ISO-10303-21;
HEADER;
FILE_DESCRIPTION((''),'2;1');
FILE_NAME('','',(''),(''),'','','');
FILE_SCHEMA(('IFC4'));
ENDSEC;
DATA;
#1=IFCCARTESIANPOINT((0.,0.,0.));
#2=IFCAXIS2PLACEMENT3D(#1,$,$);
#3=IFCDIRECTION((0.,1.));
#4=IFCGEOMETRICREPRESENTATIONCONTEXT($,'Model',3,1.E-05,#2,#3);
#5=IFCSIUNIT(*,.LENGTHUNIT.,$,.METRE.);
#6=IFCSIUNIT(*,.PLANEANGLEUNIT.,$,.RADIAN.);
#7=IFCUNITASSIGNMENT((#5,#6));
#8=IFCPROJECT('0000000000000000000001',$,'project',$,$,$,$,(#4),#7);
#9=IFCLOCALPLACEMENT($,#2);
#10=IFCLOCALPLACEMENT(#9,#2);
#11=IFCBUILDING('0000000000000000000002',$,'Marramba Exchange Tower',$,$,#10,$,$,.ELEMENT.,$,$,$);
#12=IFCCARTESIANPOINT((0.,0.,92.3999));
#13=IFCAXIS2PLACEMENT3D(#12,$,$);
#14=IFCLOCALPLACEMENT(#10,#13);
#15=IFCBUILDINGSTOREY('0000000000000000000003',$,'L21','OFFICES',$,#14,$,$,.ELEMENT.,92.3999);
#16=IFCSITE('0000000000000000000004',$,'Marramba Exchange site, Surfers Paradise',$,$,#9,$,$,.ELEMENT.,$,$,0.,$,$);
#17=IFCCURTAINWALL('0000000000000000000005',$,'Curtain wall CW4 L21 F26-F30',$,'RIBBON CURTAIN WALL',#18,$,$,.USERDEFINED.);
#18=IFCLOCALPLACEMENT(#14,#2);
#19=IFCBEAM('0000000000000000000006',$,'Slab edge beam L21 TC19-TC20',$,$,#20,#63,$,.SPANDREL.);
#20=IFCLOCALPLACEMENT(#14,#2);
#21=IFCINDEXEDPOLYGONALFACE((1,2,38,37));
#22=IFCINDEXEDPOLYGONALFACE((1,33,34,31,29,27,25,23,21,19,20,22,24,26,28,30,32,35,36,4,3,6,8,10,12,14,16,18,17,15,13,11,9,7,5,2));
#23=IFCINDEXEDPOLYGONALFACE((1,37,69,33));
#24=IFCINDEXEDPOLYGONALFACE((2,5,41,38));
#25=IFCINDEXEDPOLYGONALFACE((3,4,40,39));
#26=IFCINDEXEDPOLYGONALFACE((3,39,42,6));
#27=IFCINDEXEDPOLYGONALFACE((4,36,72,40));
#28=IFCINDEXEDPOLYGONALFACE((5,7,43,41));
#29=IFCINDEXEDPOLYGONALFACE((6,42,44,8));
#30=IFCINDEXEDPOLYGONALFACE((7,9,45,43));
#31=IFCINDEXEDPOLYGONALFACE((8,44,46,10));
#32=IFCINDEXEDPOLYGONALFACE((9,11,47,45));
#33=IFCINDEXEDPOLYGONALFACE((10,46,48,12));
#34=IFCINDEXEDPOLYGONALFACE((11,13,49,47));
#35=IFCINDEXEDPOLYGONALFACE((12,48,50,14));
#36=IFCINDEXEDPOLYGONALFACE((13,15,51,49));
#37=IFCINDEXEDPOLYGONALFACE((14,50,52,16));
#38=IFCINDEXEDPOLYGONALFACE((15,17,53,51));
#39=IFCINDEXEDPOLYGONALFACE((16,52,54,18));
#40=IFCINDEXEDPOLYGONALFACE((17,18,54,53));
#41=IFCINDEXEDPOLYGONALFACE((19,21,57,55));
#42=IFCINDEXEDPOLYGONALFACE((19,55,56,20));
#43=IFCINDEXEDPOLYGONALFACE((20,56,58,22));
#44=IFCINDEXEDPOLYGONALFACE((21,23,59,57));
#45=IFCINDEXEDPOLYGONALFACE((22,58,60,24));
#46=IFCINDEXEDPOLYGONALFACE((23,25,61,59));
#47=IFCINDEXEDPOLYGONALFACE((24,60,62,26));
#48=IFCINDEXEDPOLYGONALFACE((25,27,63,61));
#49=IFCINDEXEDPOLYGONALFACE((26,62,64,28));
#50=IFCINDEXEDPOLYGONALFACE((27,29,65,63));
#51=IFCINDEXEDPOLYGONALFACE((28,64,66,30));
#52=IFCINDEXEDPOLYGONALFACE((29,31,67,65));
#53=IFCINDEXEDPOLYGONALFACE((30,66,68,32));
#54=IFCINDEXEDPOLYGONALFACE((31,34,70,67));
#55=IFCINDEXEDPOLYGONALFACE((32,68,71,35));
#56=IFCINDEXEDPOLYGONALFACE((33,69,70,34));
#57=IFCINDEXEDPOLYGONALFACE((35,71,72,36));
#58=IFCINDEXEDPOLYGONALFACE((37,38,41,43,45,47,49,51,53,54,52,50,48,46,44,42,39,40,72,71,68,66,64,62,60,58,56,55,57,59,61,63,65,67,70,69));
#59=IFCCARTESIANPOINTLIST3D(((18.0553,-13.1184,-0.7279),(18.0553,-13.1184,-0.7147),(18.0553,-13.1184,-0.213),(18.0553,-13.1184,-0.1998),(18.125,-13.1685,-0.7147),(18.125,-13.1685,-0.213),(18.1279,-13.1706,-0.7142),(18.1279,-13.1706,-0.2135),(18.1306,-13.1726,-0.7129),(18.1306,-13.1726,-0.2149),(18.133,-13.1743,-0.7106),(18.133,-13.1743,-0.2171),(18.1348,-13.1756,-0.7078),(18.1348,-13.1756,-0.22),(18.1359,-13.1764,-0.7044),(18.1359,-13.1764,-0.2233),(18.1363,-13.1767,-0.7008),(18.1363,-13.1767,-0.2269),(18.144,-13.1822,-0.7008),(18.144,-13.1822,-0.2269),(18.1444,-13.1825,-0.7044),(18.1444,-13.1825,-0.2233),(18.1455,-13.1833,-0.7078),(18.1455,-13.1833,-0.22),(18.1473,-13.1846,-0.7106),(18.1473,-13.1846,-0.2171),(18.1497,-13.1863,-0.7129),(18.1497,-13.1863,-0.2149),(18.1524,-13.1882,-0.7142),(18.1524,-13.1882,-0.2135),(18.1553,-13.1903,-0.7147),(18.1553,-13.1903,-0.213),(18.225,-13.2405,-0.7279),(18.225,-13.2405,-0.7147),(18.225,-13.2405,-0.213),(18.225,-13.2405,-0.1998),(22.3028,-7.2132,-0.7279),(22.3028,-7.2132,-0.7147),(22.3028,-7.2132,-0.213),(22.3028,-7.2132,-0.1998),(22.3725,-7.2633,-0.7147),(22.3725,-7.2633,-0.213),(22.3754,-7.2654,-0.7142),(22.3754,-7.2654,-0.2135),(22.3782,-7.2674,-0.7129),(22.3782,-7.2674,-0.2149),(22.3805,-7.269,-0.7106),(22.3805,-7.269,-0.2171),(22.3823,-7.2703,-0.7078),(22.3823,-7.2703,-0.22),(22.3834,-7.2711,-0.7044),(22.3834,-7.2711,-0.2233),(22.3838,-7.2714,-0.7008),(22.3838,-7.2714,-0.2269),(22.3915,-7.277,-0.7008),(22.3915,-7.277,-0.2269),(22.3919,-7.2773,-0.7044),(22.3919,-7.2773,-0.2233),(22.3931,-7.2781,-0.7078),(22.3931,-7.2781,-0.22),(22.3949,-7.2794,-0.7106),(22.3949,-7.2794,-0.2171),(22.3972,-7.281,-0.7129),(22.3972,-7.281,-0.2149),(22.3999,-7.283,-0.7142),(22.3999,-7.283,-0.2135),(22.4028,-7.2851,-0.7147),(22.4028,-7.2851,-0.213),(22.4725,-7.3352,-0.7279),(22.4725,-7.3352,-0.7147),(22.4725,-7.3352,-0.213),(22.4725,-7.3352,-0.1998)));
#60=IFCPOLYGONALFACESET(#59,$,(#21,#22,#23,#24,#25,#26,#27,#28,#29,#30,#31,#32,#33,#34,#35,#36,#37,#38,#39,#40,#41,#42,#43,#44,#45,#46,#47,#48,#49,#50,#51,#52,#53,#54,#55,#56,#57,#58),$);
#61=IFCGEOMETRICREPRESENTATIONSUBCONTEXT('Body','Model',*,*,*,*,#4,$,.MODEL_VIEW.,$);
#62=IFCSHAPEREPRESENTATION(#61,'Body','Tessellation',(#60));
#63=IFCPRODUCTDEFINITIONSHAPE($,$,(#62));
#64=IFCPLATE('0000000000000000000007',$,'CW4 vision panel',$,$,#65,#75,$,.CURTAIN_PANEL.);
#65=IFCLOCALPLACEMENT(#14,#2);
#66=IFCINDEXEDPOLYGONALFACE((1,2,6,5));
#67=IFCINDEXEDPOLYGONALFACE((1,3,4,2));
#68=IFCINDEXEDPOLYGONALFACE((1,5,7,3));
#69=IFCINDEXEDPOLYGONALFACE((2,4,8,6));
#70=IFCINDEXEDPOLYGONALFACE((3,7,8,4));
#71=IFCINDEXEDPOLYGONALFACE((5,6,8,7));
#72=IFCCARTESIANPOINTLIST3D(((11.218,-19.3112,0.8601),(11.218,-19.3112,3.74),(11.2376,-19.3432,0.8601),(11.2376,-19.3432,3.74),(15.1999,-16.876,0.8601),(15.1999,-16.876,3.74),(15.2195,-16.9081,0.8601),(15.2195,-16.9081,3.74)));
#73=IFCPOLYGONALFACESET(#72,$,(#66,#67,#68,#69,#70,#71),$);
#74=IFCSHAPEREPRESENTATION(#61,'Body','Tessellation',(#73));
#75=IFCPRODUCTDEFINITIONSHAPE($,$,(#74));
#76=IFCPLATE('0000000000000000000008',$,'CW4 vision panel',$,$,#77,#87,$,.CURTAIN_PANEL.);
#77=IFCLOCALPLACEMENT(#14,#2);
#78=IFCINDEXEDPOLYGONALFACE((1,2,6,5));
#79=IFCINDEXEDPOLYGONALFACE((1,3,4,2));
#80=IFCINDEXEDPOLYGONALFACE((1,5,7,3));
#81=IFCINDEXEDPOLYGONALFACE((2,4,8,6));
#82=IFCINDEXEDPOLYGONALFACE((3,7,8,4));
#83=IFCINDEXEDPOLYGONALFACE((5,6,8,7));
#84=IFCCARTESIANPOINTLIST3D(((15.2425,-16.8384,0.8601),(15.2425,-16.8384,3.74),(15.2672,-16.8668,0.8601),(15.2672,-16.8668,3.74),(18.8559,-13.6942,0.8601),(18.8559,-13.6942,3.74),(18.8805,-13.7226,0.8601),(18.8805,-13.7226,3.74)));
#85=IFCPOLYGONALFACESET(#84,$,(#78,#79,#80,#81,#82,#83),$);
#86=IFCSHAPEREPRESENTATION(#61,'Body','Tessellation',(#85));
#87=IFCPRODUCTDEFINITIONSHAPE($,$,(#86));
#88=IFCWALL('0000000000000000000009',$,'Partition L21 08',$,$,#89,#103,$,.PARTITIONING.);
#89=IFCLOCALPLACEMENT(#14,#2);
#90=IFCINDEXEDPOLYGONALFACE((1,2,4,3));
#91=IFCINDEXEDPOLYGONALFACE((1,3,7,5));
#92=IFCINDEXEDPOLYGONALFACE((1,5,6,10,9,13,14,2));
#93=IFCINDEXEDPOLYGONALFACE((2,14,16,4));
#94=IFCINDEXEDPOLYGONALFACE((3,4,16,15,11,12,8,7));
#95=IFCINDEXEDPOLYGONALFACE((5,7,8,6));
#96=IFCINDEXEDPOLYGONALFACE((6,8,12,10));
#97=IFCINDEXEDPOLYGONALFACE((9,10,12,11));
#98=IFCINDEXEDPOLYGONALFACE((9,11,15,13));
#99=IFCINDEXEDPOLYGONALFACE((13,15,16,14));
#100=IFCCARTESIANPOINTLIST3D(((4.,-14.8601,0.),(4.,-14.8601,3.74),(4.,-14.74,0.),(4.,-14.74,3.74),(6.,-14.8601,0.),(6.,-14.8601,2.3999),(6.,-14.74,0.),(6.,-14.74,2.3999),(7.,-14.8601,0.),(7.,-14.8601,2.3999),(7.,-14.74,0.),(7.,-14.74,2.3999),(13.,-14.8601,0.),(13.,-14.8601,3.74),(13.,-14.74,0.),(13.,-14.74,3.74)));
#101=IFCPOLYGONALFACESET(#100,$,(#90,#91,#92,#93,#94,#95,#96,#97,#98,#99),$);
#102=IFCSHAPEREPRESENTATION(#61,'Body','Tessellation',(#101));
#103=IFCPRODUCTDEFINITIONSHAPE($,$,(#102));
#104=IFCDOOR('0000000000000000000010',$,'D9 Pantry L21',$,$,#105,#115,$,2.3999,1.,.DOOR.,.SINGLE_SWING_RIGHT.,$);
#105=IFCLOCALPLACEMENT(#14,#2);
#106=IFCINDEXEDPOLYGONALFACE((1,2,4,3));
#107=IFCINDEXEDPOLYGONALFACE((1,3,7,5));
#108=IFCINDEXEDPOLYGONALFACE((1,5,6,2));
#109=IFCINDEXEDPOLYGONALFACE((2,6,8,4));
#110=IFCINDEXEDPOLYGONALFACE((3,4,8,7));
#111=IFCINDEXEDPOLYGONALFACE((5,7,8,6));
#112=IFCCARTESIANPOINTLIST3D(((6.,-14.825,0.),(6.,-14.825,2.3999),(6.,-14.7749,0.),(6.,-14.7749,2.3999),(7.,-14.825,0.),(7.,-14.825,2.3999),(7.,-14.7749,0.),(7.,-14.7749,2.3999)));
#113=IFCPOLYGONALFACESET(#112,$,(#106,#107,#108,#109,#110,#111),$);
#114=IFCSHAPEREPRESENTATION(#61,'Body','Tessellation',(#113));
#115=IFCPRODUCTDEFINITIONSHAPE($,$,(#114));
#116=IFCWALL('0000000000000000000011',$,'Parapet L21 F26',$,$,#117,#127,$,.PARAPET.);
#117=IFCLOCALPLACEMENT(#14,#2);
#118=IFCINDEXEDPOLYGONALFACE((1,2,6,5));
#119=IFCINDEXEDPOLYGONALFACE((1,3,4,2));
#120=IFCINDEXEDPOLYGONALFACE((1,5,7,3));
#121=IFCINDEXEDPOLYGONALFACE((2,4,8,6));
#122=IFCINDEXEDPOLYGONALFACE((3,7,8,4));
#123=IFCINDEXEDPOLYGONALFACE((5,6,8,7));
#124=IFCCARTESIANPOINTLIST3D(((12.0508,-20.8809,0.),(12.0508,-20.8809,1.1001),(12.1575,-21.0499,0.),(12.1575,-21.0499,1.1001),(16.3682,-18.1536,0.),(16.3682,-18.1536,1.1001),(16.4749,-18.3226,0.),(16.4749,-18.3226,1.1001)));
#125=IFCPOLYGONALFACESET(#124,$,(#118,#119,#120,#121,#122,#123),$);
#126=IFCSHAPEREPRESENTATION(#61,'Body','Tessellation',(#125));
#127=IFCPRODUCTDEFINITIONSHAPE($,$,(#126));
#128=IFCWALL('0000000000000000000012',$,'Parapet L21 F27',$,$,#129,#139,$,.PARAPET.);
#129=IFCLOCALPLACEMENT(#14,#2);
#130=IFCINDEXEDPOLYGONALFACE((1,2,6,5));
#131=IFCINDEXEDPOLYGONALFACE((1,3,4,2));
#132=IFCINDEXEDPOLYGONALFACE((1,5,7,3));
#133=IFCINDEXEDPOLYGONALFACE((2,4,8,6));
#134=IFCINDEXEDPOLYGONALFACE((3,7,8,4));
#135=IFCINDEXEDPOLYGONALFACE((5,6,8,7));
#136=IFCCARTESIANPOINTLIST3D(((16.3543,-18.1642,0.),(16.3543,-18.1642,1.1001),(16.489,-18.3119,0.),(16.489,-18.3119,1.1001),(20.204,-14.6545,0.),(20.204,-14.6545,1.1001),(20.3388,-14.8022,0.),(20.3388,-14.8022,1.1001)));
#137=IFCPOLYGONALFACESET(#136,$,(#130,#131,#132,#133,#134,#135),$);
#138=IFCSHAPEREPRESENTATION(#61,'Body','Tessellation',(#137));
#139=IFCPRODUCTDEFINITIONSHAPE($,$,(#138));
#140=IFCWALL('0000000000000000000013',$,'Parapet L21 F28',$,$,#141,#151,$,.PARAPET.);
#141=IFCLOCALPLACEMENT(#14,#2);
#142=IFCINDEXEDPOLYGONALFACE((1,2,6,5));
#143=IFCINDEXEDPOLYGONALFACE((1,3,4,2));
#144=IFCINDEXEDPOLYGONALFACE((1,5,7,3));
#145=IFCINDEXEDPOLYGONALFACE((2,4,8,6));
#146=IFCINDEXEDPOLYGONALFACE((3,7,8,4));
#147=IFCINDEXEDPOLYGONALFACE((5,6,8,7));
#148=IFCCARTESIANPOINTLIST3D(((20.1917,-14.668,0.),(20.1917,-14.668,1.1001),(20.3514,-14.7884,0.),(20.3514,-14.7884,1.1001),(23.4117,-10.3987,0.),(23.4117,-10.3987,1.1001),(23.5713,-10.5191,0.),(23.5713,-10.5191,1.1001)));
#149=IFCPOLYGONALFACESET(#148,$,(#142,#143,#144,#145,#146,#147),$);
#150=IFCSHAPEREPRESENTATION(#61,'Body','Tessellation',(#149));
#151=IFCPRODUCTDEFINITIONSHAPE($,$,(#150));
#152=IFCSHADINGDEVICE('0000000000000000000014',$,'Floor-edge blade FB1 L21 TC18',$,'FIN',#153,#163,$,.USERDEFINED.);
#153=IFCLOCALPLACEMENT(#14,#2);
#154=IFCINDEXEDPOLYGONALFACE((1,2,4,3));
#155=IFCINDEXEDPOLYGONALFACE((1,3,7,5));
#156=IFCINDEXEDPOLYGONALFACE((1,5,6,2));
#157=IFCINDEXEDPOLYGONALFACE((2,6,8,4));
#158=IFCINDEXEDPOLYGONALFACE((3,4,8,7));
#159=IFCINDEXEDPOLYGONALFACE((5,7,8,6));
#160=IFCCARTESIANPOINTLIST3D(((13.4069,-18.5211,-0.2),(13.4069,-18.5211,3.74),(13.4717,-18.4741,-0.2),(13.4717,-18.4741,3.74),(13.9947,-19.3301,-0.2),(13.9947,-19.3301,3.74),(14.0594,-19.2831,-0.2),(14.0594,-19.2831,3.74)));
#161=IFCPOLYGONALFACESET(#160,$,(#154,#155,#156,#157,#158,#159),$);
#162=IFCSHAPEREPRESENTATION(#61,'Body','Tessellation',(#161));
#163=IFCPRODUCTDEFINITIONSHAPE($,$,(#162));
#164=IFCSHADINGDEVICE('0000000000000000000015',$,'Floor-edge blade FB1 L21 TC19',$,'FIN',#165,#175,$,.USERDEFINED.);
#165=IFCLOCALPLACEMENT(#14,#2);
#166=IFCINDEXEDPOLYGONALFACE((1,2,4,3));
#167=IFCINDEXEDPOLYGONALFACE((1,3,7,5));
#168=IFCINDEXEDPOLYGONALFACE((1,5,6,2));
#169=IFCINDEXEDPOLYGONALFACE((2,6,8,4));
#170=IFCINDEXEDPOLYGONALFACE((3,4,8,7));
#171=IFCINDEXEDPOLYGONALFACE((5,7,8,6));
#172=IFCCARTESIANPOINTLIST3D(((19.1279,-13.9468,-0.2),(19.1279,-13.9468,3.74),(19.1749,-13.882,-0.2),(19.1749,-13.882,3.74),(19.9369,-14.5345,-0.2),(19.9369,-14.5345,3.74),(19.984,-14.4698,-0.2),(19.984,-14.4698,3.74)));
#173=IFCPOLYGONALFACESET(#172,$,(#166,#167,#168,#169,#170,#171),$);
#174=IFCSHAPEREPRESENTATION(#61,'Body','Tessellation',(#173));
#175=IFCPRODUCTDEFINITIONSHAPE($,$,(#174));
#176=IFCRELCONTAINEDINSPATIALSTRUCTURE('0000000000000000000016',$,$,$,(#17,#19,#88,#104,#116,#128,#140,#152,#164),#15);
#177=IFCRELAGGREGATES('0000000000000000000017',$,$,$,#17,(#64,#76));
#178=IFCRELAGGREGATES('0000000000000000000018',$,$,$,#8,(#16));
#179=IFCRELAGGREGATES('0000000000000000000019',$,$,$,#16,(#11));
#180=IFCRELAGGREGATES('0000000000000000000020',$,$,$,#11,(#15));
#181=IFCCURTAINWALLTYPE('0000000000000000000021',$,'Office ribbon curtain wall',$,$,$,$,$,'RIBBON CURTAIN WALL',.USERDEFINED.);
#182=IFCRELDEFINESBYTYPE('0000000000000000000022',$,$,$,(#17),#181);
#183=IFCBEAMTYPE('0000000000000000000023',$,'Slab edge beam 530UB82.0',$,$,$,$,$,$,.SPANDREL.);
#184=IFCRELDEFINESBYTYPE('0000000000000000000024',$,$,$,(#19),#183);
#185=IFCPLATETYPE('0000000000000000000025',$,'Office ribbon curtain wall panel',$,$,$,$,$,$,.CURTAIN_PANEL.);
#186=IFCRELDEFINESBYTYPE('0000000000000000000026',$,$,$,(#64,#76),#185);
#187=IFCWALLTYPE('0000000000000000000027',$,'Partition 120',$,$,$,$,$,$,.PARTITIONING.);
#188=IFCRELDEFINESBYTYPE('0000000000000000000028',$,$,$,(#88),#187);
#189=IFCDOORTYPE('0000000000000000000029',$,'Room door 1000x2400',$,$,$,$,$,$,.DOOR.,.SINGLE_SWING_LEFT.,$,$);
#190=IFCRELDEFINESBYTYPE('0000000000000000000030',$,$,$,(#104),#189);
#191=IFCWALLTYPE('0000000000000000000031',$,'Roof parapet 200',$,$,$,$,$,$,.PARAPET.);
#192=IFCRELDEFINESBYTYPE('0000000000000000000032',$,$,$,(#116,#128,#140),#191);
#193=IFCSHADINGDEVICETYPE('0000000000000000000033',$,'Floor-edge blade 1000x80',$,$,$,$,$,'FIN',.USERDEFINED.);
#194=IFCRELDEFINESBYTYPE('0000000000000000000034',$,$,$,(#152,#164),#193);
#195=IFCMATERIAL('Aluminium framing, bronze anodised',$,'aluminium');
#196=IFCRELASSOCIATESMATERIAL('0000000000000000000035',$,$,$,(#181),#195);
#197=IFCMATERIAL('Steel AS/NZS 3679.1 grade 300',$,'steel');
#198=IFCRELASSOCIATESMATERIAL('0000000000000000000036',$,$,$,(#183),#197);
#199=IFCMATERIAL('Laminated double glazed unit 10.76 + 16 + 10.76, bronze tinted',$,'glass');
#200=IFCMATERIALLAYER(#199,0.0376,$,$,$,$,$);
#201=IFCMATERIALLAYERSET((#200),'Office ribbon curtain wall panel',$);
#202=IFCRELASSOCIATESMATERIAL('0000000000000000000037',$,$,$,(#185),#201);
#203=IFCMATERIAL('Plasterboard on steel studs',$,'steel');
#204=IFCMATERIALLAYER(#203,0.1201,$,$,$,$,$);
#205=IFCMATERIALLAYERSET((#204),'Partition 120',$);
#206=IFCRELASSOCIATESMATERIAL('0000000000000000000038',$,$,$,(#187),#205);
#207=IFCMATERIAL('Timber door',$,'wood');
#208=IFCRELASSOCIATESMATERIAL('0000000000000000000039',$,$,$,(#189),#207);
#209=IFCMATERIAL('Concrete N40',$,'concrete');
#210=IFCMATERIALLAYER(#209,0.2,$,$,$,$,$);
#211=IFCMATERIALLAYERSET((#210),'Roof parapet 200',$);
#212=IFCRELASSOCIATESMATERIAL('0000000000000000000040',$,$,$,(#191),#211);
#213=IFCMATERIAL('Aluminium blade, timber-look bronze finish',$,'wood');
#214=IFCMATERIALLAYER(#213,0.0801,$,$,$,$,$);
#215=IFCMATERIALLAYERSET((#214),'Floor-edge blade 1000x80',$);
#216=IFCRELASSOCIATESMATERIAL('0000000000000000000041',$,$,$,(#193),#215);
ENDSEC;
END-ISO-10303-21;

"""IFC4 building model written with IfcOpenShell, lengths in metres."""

from ifc_helpers import new_model, si_unit, direction, frame, frame_2d, origin, origin_2d, place, context, subcontext, project, spatial, rectangle, i_section, extrude, material, layer, layer_set, material_profile, profile_set, type_object, element, fill, aggregate, save


model = new_model("IFC4")

# Units and contexts
model_context = context("Model", 3, precision=1e-05, world=origin(), true_north=direction((0.0, 1.0)))
body_context = subcontext(model_context, "Body", "Model", "MODEL_VIEW")
ifc_project = project(units=[si_unit("LENGTHUNIT", "METRE"), si_unit("PLANEANGLEUNIT", "RADIAN")], contexts=[model_context])

# Site, building, storey
site_placement = place(None, origin())
site = spatial("IfcSite", under=ifc_project, at=site_placement, Name="Marramba Exchange site, Surfers Paradise", CompositionType="ELEMENT", RefElevation=0.0)
building_placement = place(site_placement, origin())
building = spatial("IfcBuilding", under=site, at=building_placement, Name="Marramba Exchange Tower", CompositionType="ELEMENT")
storey_placement = place(building_placement, frame((0.0, 0.0, 92.3999)))
storey = spatial("IfcBuildingStorey", under=building, at=storey_placement, Name="L21", Description="OFFICES", CompositionType="ELEMENT", Elevation=92.3999)

# Curtain wall
ifc_material_1 = material(Name="Aluminium framing, bronze anodised", Category="aluminium")
curtain_wall_type = type_object("IfcCurtainWallType", Name="Office ribbon curtain wall", ElementType="RIBBON CURTAIN WALL", PredefinedType="USERDEFINED", material=ifc_material_1)
curtain_wall_placement = place(storey_placement, origin())
curtain_wall = element("IfcCurtainWall", 1, at=curtain_wall_placement, inside=storey, type_object=curtain_wall_type, Name="Curtain wall CW4 L21 F26-F30", ObjectType="RIBBON CURTAIN WALL", PredefinedType="USERDEFINED")

# Beam
ifc_material_2 = material(Name="Steel AS/NZS 3679.1 grade 300", Category="steel")
ifc_material_profile_1 = material_profile(ifc_material_2, i_section(OverallWidth=0.209, OverallDepth=0.5281, WebThickness=0.0095, FlangeThickness=0.0132, FilletRadius=0.0139, at=origin_2d()), Name="530UB82.0")
ifc_profile_set_1 = profile_set([ifc_material_profile_1], Name="Steel AS/NZS 3679.1 grade 300")
beam_type_1 = type_object("IfcBeamType", Name="Slab edge beam 530UB82.0", PredefinedType="SPANDREL", material=ifc_profile_set_1)
beam_1_placement = place(storey_placement, frame((18.1401, -13.1794, -0.4639), z_axis=(0.583921, 0.811811, 0.0), x_axis=(-0.811811, 0.583921, 0.0)))
element("IfcBeam", 2, at=beam_1_placement, inside=storey, type_object=beam_type_1, Name="Slab edge beam L21 TC19-TC20", PredefinedType="SPANDREL", context=body_context, shape_type="SweptSolid", body=[
    extrude(i_section(OverallWidth=0.209, OverallDepth=0.5281, WebThickness=0.0095, FlangeThickness=0.0132, FilletRadius=0.0139, at=origin_2d()), origin(), (0.0, 0.0, 1.0), 7.2742),
])

# Plates
ifc_material_3 = material(Name="Laminated double glazed unit 10.76 + 16 + 10.76, bronze tinted", Category="glass")
ifc_layer_1 = layer(ifc_material_3, 0.0376)
ifc_layer_set_1 = layer_set([ifc_layer_1], Name="Office ribbon curtain wall panel")
plate_type = type_object("IfcPlateType", Name="Office ribbon curtain wall panel", PredefinedType="CURTAIN_PANEL", material=ifc_layer_set_1)
plate_1_placement = place(storey_placement, frame((13.2188, -18.1096, 0.8601), z_axis=(0.0, 0.0, 1.0), x_axis=(0.853109, 0.521733, 0.0)))
plate_1 = element("IfcPlate", 3, at=plate_1_placement, type_object=plate_type, Name="CW4 vision panel", PredefinedType="CURTAIN_PANEL", context=body_context, shape_type="SweptSolid", body=[
    extrude(rectangle(XDim=4.6675, YDim=0.0376, at=origin_2d()), origin(), (0.0, 0.0, 1.0), 2.8799),
])
plate_2_placement = place(storey_placement, frame((17.0615, -15.2805, 0.8601), z_axis=(0.0, 0.0, 1.0), x_axis=(0.754386, 0.656432, 0.0)))
plate_2 = element("IfcPlate", 4, at=plate_2_placement, type_object=plate_type, Name="CW4 vision panel", PredefinedType="CURTAIN_PANEL", context=body_context, shape_type="SweptSolid", body=[
    extrude(rectangle(XDim=4.7898, YDim=0.0376, at=origin_2d()), origin(), (0.0, 0.0, 1.0), 2.8799),
])
aggregate(curtain_wall, [plate_1, plate_2])

# Wall, opening, door
ifc_material_4 = material(Name="Plasterboard on steel studs", Category="steel")
ifc_layer_2 = layer(ifc_material_4, 0.1201)
ifc_layer_set_2 = layer_set([ifc_layer_2], Name="Partition 120")
wall_type_1 = type_object("IfcWallType", Name="Partition 120", PredefinedType="PARTITIONING", material=ifc_layer_set_2)
wall_1_placement = place(storey_placement, frame((13.0, -14.8, 0.0), z_axis=(0.0, 0.0, 1.0), x_axis=(-1.0, 0.0, 0.0)))
wall_1 = element("IfcWall", 5, at=wall_1_placement, inside=storey, type_object=wall_type_1, Name="Partition L21 08", PredefinedType="PARTITIONING", context=body_context, shape_type="SweptSolid", body=[
    extrude(rectangle(XDim=9.0, YDim=0.1201, at=frame_2d((4.5, 0.0))), origin(), (0.0, 0.0, 1.0), 3.74),
])
opening_placement = place(wall_1_placement, frame((6.0, 0.0, 0.0)))
opening = element("IfcOpeningElement", 6, at=opening_placement, cuts=wall_1, PredefinedType="OPENING", context=body_context, shape_type="SweptSolid", body=[
    extrude(rectangle(XDim=1.0, YDim=2.3999, at=frame_2d((0.5, 1.2))), frame((0.0, 0.0701, 0.0), z_axis=(0.0, -1.0, 0.0), x_axis=(1.0, 0.0, 0.0)), (0.0, 0.0, 1.0), 0.1401),
])
ifc_material_5 = material(Name="Timber door", Category="wood")
door_type = type_object("IfcDoorType", Name="Room door 1000x2400", OperationType="SINGLE_SWING_LEFT", PredefinedType="DOOR", material=ifc_material_5)
door_placement = place(opening_placement, frame((1.0, 0.0, 0.0), z_axis=(0.0, 0.0, 1.0), x_axis=(-1.0, 0.0, 0.0)))
door = element("IfcDoor", 7, at=door_placement, inside=storey, type_object=door_type, Name="D9 Pantry L21", OperationType="SINGLE_SWING_RIGHT", OverallHeight=2.3999, OverallWidth=1.0, PredefinedType="DOOR", context=body_context, shape_type="SweptSolid", body=[
    extrude(rectangle(XDim=1.0, YDim=2.3999, at=frame_2d((0.5, 1.2))), frame((0.0, 0.0251, 0.0), z_axis=(0.0, -1.0, 0.0), x_axis=(1.0, 0.0, 0.0)), (0.0, 0.0, 1.0), 0.05),
])
fill(opening, door)

# Walls
ifc_material_6 = material(Name="Concrete N40", Category="concrete")
ifc_layer_3 = layer(ifc_material_6, 0.2)
ifc_layer_set_3 = layer_set([ifc_layer_3], Name="Roof parapet 200")
wall_type_2 = type_object("IfcWallType", Name="Roof parapet 200", PredefinedType="PARAPET", material=ifc_layer_set_3)
wall_2_placement = place(storey_placement, frame((12.1042, -20.9653, 0.0), z_axis=(0.0, 0.0, 1.0), x_axis=(0.845442, 0.534067, 0.0)))
element("IfcWall", 8, at=wall_2_placement, inside=storey, type_object=wall_type_2, Name="Parapet L21 F26", PredefinedType="PARAPET", context=body_context, shape_type="SweptSolid", body=[
    extrude(rectangle(XDim=5.1067, YDim=0.2, at=frame_2d((2.5532, 0.0))), origin(), (0.0, 0.0, 1.0), 1.1001),
])
wall_3_placement = place(storey_placement, frame((16.4216, -18.238, 0.0), z_axis=(0.0, 0.0, 1.0), x_axis=(0.738994, 0.673712, 0.0)))
element("IfcWall", 9, at=wall_3_placement, inside=storey, type_object=wall_type_2, Name="Parapet L21 F27", PredefinedType="PARAPET", context=body_context, shape_type="SweptSolid", body=[
    extrude(rectangle(XDim=5.2095, YDim=0.2, at=frame_2d((2.6047, 0.0))), origin(), (0.0, 0.0, 1.0), 1.1001),
])
wall_4_placement = place(storey_placement, frame((20.2715, -14.7283, 0.0), z_axis=(0.0, 0.0, 1.0), x_axis=(0.602153, 0.798381, 0.0)))
element("IfcWall", 10, at=wall_4_placement, inside=storey, type_object=wall_type_2, Name="Parapet L21 F28", PredefinedType="PARAPET", context=body_context, shape_type="SweptSolid", body=[
    extrude(rectangle(XDim=5.3474, YDim=0.2, at=frame_2d((2.6738, 0.0))), origin(), (0.0, 0.0, 1.0), 1.1001),
])

# Shading devices
ifc_material_7 = material(Name="Aluminium blade, timber-look bronze finish", Category="wood")
ifc_layer_4 = layer(ifc_material_7, 0.0801)
ifc_layer_set_4 = layer_set([ifc_layer_4], Name="Floor-edge blade 1000x80")
shading_device_type_1 = type_object("IfcShadingDeviceType", Name="Floor-edge blade 1000x80", ElementType="FIN", PredefinedType="USERDEFINED", material=ifc_layer_set_4)
for number, where, z_axis, x_axis, name in (
    (11, (13.7332, -18.9021, -0.2), (0.0, 0.0, 1.0), (0.587785, -0.809017, 0.0), "Floor-edge blade FB1 L21 TC18"),
    (12, (19.5559, -14.2083, -0.2), (0.0, 0.0, 1.0), (0.809017, -0.587785, 0.0), "Floor-edge blade FB1 L21 TC19"),
):
    element("IfcShadingDevice", number, at=place(storey_placement, frame(where, z_axis=z_axis, x_axis=x_axis)), inside=storey, type_object=shading_device_type_1, Name=name, ObjectType="FIN", PredefinedType="USERDEFINED", context=body_context, shape_type="SweptSolid", body=[
        extrude(rectangle(XDim=1.0, YDim=0.0801, at=origin_2d()), origin(), (0.0, 0.0, 1.0), 3.9399),
    ])

save(model, "model.ifc")
